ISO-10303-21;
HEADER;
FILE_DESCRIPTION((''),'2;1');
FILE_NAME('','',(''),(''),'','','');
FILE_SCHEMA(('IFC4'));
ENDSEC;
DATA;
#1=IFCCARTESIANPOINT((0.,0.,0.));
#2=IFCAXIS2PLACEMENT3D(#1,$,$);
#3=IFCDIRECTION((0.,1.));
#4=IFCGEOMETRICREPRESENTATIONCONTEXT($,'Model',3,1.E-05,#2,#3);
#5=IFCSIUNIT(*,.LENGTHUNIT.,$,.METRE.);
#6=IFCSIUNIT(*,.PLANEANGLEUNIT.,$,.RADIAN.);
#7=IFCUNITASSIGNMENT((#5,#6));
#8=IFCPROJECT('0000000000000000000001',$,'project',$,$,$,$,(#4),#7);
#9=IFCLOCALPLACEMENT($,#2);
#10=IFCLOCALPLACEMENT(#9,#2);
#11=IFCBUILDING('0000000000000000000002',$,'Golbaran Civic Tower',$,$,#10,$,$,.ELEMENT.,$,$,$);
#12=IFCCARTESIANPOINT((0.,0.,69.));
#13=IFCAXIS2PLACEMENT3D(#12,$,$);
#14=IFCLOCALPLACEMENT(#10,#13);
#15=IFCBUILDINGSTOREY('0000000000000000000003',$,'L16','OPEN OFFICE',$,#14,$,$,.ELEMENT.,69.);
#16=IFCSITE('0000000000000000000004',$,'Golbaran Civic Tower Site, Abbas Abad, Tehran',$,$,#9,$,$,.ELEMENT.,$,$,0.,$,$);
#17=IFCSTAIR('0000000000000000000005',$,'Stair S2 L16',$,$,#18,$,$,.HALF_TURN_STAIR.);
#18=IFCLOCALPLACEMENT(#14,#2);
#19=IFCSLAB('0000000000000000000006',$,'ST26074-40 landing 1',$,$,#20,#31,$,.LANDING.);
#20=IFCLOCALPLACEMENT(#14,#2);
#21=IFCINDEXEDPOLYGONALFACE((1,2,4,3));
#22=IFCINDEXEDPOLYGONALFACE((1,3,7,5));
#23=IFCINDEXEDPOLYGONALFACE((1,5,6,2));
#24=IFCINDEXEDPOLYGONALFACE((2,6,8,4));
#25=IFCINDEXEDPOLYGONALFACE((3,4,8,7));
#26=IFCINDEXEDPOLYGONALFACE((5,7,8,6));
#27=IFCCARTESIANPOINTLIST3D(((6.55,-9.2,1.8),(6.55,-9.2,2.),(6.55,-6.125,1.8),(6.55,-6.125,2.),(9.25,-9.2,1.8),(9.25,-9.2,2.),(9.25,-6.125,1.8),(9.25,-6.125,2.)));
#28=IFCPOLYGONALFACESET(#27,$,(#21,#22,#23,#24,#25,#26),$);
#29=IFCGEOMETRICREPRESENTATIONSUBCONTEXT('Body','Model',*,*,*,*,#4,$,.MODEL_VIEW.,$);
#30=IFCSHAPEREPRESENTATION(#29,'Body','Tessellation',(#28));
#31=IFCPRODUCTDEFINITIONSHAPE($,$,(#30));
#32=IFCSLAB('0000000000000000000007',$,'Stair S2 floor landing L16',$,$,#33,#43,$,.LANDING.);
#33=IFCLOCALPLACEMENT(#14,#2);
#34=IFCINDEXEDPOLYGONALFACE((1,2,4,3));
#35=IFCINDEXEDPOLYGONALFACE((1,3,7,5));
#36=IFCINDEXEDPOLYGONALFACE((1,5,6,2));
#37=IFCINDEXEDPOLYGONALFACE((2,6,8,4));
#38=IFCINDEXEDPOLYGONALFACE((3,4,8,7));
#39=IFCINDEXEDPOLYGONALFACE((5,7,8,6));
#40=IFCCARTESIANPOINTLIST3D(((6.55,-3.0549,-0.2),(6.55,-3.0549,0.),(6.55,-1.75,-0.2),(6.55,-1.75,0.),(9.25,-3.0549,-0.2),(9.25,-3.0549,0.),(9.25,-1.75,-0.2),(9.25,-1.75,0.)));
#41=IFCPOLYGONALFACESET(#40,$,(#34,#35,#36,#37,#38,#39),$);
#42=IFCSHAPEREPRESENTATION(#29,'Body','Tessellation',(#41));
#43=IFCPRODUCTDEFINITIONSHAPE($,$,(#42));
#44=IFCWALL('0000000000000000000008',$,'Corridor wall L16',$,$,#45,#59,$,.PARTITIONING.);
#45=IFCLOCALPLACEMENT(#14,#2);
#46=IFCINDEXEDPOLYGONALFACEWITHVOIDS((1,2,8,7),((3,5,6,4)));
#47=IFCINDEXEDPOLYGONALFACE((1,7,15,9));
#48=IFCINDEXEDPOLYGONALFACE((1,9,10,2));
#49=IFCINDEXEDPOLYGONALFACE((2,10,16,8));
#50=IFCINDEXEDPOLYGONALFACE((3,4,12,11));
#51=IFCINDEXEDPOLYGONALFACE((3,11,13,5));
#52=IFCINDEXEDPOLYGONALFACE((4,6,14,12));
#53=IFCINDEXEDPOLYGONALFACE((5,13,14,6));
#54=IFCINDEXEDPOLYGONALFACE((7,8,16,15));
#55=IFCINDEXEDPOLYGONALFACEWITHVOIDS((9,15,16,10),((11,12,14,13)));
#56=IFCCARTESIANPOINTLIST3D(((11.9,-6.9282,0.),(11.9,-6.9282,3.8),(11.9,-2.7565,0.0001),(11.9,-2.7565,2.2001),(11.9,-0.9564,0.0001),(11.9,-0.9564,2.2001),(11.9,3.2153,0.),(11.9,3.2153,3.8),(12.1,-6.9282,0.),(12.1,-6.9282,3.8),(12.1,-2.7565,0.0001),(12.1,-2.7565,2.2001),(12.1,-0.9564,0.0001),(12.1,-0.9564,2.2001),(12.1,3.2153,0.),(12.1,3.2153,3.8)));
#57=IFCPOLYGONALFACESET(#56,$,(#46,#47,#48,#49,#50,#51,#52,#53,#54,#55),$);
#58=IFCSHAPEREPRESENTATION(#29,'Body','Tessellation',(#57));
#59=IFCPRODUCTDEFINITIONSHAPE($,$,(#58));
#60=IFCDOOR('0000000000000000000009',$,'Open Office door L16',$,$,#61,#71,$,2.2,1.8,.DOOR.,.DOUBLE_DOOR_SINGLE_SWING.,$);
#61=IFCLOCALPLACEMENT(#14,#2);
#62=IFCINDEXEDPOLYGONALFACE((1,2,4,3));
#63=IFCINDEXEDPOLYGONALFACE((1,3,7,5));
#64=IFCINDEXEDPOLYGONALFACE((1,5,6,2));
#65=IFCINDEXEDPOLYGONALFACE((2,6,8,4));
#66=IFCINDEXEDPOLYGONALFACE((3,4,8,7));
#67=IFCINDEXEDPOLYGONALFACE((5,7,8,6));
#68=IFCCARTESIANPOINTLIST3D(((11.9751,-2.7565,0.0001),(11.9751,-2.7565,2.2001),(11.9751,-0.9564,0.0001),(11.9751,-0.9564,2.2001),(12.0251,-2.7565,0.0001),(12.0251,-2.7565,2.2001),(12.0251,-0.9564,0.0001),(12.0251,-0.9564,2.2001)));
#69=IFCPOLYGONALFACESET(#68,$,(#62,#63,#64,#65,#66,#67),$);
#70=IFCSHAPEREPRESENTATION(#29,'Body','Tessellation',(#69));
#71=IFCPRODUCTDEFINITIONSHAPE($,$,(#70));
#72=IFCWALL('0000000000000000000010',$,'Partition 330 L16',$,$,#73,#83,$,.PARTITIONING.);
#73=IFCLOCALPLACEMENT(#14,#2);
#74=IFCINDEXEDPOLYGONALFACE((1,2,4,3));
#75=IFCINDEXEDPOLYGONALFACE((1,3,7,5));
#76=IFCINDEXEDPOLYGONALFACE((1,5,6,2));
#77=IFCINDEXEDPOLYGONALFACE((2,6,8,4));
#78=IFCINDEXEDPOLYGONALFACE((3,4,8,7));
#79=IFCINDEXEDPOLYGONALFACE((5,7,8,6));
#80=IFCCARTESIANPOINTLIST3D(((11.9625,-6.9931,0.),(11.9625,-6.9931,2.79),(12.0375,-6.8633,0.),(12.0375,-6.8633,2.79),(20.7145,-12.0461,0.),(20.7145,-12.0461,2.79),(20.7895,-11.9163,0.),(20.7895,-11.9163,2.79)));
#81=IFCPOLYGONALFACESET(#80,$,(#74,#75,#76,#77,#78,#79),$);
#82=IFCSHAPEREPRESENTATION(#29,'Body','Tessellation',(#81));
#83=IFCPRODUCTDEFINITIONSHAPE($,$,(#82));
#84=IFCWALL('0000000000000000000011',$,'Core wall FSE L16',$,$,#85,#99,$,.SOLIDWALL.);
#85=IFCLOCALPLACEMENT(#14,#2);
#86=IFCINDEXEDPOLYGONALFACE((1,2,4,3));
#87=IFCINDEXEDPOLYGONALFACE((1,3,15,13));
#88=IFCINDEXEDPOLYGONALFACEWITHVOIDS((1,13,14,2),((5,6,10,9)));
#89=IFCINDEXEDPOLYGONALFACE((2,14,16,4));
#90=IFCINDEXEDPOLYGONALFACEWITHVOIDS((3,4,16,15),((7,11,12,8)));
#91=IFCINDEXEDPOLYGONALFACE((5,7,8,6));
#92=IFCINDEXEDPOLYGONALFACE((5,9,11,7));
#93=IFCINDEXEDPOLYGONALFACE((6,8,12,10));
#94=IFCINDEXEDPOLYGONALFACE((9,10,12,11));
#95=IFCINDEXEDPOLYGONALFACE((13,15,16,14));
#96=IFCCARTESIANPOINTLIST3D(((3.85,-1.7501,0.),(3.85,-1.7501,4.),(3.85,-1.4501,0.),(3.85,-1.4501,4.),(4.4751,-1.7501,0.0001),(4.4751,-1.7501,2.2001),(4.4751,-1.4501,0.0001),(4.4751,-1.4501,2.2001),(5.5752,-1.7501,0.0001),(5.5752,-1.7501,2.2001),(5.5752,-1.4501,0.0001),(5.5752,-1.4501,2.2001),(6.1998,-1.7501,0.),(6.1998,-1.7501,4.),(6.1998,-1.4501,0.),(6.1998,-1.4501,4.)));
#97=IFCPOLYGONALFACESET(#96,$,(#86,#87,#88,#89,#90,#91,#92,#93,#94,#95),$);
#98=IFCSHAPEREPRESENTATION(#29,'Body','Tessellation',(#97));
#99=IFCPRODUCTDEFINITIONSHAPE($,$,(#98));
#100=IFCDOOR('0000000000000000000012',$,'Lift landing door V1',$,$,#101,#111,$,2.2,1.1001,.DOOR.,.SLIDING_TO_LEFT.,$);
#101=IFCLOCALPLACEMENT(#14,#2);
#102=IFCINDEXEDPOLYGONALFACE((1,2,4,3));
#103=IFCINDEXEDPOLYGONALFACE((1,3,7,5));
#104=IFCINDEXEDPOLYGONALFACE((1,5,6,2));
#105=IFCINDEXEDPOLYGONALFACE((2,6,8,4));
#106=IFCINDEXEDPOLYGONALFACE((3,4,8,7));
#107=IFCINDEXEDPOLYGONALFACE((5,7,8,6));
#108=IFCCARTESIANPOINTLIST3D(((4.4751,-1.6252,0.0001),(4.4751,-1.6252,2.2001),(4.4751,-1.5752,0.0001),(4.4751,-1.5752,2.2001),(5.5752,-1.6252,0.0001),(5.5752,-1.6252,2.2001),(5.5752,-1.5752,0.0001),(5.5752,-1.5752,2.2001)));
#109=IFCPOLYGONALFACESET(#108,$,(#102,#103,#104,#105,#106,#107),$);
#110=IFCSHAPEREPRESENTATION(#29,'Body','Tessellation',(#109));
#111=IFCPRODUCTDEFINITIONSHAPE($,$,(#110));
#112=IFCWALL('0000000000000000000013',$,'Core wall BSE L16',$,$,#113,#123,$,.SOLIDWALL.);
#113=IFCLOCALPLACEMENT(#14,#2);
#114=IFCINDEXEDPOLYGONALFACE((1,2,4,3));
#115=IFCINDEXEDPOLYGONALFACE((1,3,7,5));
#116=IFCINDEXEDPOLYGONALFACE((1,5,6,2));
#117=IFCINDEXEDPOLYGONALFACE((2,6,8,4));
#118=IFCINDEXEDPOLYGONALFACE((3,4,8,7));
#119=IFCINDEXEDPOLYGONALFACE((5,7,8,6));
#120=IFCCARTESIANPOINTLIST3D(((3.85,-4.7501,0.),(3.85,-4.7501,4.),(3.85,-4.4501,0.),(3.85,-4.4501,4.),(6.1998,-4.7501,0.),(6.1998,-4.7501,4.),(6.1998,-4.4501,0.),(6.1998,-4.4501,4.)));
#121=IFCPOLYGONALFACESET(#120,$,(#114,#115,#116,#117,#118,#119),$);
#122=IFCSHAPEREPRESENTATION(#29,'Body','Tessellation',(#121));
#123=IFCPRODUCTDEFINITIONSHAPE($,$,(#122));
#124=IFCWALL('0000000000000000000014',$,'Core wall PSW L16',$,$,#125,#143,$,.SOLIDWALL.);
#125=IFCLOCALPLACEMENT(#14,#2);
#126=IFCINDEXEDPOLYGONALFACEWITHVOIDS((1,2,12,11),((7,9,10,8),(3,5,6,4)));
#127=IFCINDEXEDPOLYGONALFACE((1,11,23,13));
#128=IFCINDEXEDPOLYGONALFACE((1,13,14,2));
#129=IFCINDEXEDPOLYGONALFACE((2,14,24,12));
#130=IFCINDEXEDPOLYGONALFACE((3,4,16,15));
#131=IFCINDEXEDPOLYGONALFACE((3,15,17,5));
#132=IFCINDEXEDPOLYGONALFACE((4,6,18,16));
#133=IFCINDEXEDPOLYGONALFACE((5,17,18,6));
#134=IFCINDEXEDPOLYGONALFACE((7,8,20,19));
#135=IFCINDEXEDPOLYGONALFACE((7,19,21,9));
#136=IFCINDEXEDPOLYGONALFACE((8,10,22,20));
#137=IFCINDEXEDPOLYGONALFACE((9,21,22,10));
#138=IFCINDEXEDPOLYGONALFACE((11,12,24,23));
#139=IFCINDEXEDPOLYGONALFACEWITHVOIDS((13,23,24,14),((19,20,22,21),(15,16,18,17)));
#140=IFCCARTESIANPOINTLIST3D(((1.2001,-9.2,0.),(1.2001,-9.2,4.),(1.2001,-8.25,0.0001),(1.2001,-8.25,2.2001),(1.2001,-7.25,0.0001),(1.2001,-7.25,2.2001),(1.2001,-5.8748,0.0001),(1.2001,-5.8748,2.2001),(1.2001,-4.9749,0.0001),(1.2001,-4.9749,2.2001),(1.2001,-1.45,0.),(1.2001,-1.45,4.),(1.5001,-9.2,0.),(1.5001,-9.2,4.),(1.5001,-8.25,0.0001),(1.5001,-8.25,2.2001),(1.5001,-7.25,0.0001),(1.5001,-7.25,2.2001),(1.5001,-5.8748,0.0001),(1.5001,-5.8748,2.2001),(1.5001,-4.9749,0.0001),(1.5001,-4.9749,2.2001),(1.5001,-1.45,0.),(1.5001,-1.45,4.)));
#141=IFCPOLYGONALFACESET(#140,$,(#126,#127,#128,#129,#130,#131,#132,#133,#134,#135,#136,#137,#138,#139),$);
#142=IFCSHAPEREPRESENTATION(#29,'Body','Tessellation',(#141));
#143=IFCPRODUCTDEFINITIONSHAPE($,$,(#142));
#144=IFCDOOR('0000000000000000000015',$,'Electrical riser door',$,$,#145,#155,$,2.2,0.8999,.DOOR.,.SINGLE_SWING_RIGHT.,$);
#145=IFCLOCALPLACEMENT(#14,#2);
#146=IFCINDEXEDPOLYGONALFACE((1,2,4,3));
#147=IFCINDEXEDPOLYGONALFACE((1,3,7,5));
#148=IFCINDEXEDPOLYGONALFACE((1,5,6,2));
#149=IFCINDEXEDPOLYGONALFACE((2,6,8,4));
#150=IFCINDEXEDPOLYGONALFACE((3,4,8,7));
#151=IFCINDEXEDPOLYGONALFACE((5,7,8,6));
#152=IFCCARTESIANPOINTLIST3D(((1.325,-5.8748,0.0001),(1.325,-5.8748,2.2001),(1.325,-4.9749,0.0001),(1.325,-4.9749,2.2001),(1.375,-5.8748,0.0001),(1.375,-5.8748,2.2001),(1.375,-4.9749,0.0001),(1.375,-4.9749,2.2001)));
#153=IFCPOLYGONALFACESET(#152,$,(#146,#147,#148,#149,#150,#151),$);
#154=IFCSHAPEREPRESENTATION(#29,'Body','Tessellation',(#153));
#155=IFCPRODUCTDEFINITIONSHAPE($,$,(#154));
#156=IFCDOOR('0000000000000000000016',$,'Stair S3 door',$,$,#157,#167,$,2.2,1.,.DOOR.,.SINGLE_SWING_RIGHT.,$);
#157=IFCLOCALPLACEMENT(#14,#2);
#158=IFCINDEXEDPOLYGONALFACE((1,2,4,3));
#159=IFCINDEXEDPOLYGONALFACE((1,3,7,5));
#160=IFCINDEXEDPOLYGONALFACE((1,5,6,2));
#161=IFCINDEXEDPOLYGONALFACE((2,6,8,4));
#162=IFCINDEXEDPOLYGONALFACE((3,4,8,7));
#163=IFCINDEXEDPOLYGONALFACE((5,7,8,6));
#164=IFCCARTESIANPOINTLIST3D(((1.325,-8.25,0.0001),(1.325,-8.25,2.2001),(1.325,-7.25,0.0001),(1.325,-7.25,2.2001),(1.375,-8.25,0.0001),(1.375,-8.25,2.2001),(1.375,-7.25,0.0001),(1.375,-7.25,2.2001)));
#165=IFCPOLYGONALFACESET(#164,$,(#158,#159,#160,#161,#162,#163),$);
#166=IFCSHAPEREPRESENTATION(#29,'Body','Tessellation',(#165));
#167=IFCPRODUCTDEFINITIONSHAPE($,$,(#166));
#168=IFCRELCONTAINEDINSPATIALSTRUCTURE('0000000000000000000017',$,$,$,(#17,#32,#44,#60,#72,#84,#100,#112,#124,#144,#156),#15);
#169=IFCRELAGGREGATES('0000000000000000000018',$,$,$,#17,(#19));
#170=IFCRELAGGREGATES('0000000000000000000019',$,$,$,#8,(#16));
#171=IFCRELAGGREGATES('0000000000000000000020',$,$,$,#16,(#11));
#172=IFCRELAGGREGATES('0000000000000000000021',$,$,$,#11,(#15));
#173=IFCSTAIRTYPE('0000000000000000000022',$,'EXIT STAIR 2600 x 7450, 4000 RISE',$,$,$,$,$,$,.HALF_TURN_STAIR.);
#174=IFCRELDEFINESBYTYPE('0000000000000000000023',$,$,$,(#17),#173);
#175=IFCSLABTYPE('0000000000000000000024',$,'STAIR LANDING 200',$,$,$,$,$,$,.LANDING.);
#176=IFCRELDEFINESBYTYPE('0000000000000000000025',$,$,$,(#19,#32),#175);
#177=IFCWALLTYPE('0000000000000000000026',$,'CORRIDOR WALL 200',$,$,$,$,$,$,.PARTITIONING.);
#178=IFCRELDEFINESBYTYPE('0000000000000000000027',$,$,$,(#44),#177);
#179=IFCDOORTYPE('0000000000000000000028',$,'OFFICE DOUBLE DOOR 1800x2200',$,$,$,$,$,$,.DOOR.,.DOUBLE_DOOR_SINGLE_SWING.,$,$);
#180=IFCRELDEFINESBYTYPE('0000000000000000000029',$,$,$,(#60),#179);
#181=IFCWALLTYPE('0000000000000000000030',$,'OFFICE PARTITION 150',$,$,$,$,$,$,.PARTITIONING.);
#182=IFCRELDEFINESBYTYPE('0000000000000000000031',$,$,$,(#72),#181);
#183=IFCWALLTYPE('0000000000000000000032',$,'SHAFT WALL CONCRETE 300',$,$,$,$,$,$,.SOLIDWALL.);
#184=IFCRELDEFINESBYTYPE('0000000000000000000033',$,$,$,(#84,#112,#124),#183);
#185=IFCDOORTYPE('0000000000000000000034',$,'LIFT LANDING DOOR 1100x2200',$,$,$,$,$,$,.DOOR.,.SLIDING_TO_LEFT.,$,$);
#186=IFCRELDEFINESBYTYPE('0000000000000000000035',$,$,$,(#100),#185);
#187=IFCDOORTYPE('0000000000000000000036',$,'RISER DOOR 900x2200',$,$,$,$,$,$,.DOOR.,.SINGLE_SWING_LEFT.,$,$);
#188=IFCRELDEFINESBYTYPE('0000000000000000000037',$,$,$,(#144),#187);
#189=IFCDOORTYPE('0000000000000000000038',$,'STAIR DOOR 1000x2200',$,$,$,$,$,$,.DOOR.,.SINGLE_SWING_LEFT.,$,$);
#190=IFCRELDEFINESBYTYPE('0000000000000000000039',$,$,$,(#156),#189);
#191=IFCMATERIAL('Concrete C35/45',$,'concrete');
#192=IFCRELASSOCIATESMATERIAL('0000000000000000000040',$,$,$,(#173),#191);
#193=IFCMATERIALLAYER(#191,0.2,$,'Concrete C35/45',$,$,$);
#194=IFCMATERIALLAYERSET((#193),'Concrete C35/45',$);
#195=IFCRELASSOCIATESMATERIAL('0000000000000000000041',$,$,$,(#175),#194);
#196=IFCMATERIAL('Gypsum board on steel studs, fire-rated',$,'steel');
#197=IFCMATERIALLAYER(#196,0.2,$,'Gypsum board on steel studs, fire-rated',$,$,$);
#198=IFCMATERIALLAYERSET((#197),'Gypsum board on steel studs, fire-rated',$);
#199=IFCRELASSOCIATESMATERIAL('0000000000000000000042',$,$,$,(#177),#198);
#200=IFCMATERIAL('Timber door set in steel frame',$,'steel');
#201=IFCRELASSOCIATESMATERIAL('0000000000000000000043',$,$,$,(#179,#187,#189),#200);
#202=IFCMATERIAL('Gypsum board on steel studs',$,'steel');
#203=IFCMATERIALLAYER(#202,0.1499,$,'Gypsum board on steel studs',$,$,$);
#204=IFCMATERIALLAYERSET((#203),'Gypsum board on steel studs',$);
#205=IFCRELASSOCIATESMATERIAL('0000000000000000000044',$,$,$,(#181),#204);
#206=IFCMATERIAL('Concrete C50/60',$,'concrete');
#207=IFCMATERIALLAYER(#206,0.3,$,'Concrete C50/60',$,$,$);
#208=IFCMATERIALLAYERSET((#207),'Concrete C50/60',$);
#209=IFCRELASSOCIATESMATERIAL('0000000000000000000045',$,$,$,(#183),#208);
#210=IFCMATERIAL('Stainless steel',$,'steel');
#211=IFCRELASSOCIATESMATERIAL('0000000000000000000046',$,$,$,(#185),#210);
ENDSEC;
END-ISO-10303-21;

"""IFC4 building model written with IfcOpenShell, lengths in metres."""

from ifc_helpers import new_model, si_unit, direction, frame, frame_2d, origin, place, context, subcontext, project, spatial, polyline, rectangle, outline, extrude, material, layer, layer_set, type_object, element, fill, aggregate, save


model = new_model("IFC4")

# Units and contexts
model_context = context("Model", 3, precision=1e-05, world=origin(), true_north=direction((0.0, 1.0)))
body_context = subcontext(model_context, "Body", "Model", "MODEL_VIEW")
ifc_project = project(units=[si_unit("LENGTHUNIT", "METRE"), si_unit("PLANEANGLEUNIT", "RADIAN")], contexts=[model_context])

# Site, building, storey
site_placement = place(None, origin())
site = spatial("IfcSite", under=ifc_project, at=site_placement, Name="Golbaran Civic Tower Site, Abbas Abad, Tehran", CompositionType="ELEMENT", RefElevation=0.0)
building_placement = place(site_placement, origin())
building = spatial("IfcBuilding", under=site, at=building_placement, Name="Golbaran Civic Tower", CompositionType="ELEMENT")
storey_placement = place(building_placement, frame((0.0, 0.0, 69.0)))
storey = spatial("IfcBuildingStorey", under=building, at=storey_placement, Name="L16", Description="OPEN OFFICE", CompositionType="ELEMENT", Elevation=69.0)

# Shared definitions
ifc_material_1 = material(Name="Concrete C35/45", Category="concrete")
stair_type = type_object("IfcStairType", Name="EXIT STAIR 2600 x 7450, 4000 RISE", PredefinedType="HALF_TURN_STAIR", material=ifc_material_1)
ifc_layer_1 = layer(ifc_material_1, 0.2, Name="Concrete C35/45")
ifc_layer_set_1 = layer_set([ifc_layer_1], Name="Concrete C35/45")
slab_type = type_object("IfcSlabType", Name="STAIR LANDING 200", PredefinedType="LANDING", material=ifc_layer_set_1)

# Stair, slab
stair_1_placement = place(storey_placement, origin())
stair_1 = element("IfcStair", 1, at=stair_1_placement, inside=storey, type_object=stair_type, Name="Stair S2 L16", PredefinedType="HALF_TURN_STAIR")
slab_1_placement = place(storey_placement, frame((0.0, 0.0, 1.8)))
slab_1 = element("IfcSlab", 2, at=slab_1_placement, type_object=slab_type, Name="ST26074-40 landing 1", PredefinedType="LANDING", context=body_context, shape_type="SweptSolid", body=[
    extrude(outline(polyline([(9.25, -6.125), (9.25, -9.2), (6.55, -9.2), (6.55, -6.125), (9.25, -6.125)])), origin(), (0.0, 0.0, 1.0), 0.2),
])

# Slab
slab_2_placement = place(storey_placement, frame((0.0, 0.0, -0.2)))
element("IfcSlab", 3, at=slab_2_placement, inside=storey, type_object=slab_type, Name="Stair S2 floor landing L16", PredefinedType="LANDING", context=body_context, shape_type="SweptSolid", body=[
    extrude(outline(polyline([(9.25, -1.75), (9.25, -3.0549), (6.55, -3.0549), (6.55, -1.75), (9.25, -1.75)])), origin(), (0.0, 0.0, 1.0), 0.2),
])

# Wall, opening, door
ifc_material_2 = material(Name="Gypsum board on steel studs, fire-rated", Category="steel")
ifc_layer_2 = layer(ifc_material_2, 0.2, Name="Gypsum board on steel studs, fire-rated")
ifc_layer_set_2 = layer_set([ifc_layer_2], Name="Gypsum board on steel studs, fire-rated")
wall_type_1 = type_object("IfcWallType", Name="CORRIDOR WALL 200", PredefinedType="PARTITIONING", material=ifc_layer_set_2)
wall_1_placement = place(storey_placement, frame((12.0, -6.9282, 0.0), z_axis=(0.0, 0.0, 1.0), x_axis=(0.0, 1.0, 0.0)))
wall_1 = element("IfcWall", 4, at=wall_1_placement, inside=storey, type_object=wall_type_1, Name="Corridor wall L16", PredefinedType="PARTITIONING", context=body_context, shape_type="SweptSolid", body=[
    extrude(rectangle(XDim=10.1436, YDim=0.2, at=frame_2d((5.0718, 0.0))), origin(), (0.0, 0.0, 1.0), 3.8),
])
opening_1_placement = place(wall_1_placement, frame((4.1719, 0.0, 0.0)))
opening_1 = element("IfcOpeningElement", 5, at=opening_1_placement, cuts=wall_1, PredefinedType="OPENING", context=body_context, shape_type="SweptSolid", body=[
    extrude(rectangle(XDim=1.8, YDim=2.2, at=frame_2d((0.8999, 1.1001))), frame((0.0, 0.1099, 0.0), z_axis=(0.0, -1.0, 0.0), x_axis=(1.0, 0.0, 0.0)), (0.0, 0.0, 1.0), 0.22),
])
ifc_material_3 = material(Name="Timber door set in steel frame", Category="steel")
door_type_1 = type_object("IfcDoorType", Name="OFFICE DOUBLE DOOR 1800x2200", OperationType="DOUBLE_DOOR_SINGLE_SWING", PredefinedType="DOOR", material=ifc_material_3)
door_1_placement = place(opening_1_placement, origin())
door_1 = element("IfcDoor", 6, at=door_1_placement, inside=storey, type_object=door_type_1, Name="Open Office door L16", OperationType="DOUBLE_DOOR_SINGLE_SWING", OverallHeight=2.2, OverallWidth=1.8, PredefinedType="DOOR", context=body_context, shape_type="SweptSolid", body=[
    extrude(rectangle(XDim=1.8, YDim=2.2, at=frame_2d((0.8999, 1.1001))), frame((0.0, 0.0249, 0.0), z_axis=(0.0, -1.0, 0.0), x_axis=(1.0, 0.0, 0.0)), (0.0, 0.0, 1.0), 0.05),
])
fill(opening_1, door_1)

# Wall
ifc_material_4 = material(Name="Gypsum board on steel studs", Category="steel")
ifc_layer_3 = layer(ifc_material_4, 0.1499, Name="Gypsum board on steel studs")
ifc_layer_set_3 = layer_set([ifc_layer_3], Name="Gypsum board on steel studs")
wall_type_2 = type_object("IfcWallType", Name="OFFICE PARTITION 150", PredefinedType="PARTITIONING", material=ifc_layer_set_3)
wall_2_placement = place(storey_placement, frame((12.0, -6.9282, 0.0), z_axis=(0.0, 0.0, 1.0), x_axis=(0.866024, -0.500003, 0.0)))
element("IfcWall", 7, at=wall_2_placement, inside=storey, type_object=wall_type_2, Name="Partition 330 L16", PredefinedType="PARTITIONING", context=body_context, shape_type="SweptSolid", body=[
    extrude(rectangle(XDim=10.106, YDim=0.1499, at=frame_2d((5.053, 0.0))), origin(), (0.0, 0.0, 1.0), 2.79),
])

# Wall, opening, door
ifc_material_5 = material(Name="Concrete C50/60", Category="concrete")
ifc_layer_4 = layer(ifc_material_5, 0.3, Name="Concrete C50/60")
ifc_layer_set_4 = layer_set([ifc_layer_4], Name="Concrete C50/60")
wall_type_3 = type_object("IfcWallType", Name="SHAFT WALL CONCRETE 300", PredefinedType="SOLIDWALL", material=ifc_layer_set_4)
wall_3_placement = place(storey_placement, frame((3.8501, -1.6001, 0.0), z_axis=(0.0, 0.0, 1.0), x_axis=(1.0, 0.0, 0.0)))
wall_3 = element("IfcWall", 8, at=wall_3_placement, inside=storey, type_object=wall_type_3, Name="Core wall FSE L16", PredefinedType="SOLIDWALL", context=body_context, shape_type="SweptSolid", body=[
    extrude(rectangle(XDim=2.3499, YDim=0.3, at=frame_2d((1.1748, 0.0))), origin(), (0.0, 0.0, 1.0), 4.0),
])
opening_2_placement = place(wall_3_placement, frame((0.625, 0.0, 0.0)))
opening_2 = element("IfcOpeningElement", 9, at=opening_2_placement, cuts=wall_3, PredefinedType="OPENING", context=body_context, shape_type="SweptSolid", body=[
    extrude(rectangle(XDim=1.1001, YDim=2.2, at=frame_2d((0.55, 1.1001))), frame((0.0, 0.1599, 0.0), z_axis=(0.0, -1.0, 0.0), x_axis=(1.0, 0.0, 0.0)), (0.0, 0.0, 1.0), 0.3201),
])
ifc_material_6 = material(Name="Stainless steel", Category="steel")
door_type_2 = type_object("IfcDoorType", Name="LIFT LANDING DOOR 1100x2200", OperationType="SLIDING_TO_LEFT", PredefinedType="DOOR", material=ifc_material_6)
door_2_placement = place(opening_2_placement, origin())
door_2 = element("IfcDoor", 10, at=door_2_placement, inside=storey, type_object=door_type_2, Name="Lift landing door V1", OperationType="SLIDING_TO_LEFT", OverallHeight=2.2, OverallWidth=1.1001, PredefinedType="DOOR", context=body_context, shape_type="SweptSolid", body=[
    extrude(rectangle(XDim=1.1001, YDim=2.2, at=frame_2d((0.55, 1.1001))), frame((0.0, 0.0249, 0.0), z_axis=(0.0, -1.0, 0.0), x_axis=(1.0, 0.0, 0.0)), (0.0, 0.0, 1.0), 0.05),
])
fill(opening_2, door_2)

# Wall
wall_4_placement = place(storey_placement, frame((3.8501, -4.6001, 0.0), z_axis=(0.0, 0.0, 1.0), x_axis=(1.0, 0.0, 0.0)))
element("IfcWall", 11, at=wall_4_placement, inside=storey, type_object=wall_type_3, Name="Core wall BSE L16", PredefinedType="SOLIDWALL", context=body_context, shape_type="SweptSolid", body=[
    extrude(rectangle(XDim=2.3499, YDim=0.3, at=frame_2d((1.1748, 0.0))), origin(), (0.0, 0.0, 1.0), 4.0),
])

# Wall, openings, doors
wall_5_placement = place(storey_placement, frame((1.3501, -1.45, 0.0), z_axis=(0.0, 0.0, 1.0), x_axis=(0.0, -1.0, 0.0)))
wall_5 = element("IfcWall", 12, at=wall_5_placement, inside=storey, type_object=wall_type_3, Name="Core wall PSW L16", PredefinedType="SOLIDWALL", context=body_context, shape_type="SweptSolid", body=[
    extrude(rectangle(XDim=7.75, YDim=0.3, at=frame_2d((3.875, 0.0))), origin(), (0.0, 0.0, 1.0), 4.0),
])
opening_3_placement = place(wall_5_placement, frame((5.8, 0.0, 0.0)))
opening_3 = element("IfcOpeningElement", 13, at=opening_3_placement, cuts=wall_5, PredefinedType="OPENING", context=body_context, shape_type="SweptSolid", body=[
    extrude(rectangle(XDim=1.0, YDim=2.2, at=frame_2d((0.5, 1.1001))), frame((0.0, 0.1599, 0.0), z_axis=(0.0, -1.0, 0.0), x_axis=(1.0, 0.0, 0.0)), (0.0, 0.0, 1.0), 0.3201),
])
opening_4_placement = place(wall_5_placement, frame((3.5249, 0.0, 0.0)))
opening_4 = element("IfcOpeningElement", 14, at=opening_4_placement, cuts=wall_5, PredefinedType="OPENING", context=body_context, shape_type="SweptSolid", body=[
    extrude(rectangle(XDim=0.8999, YDim=2.2, at=frame_2d((0.45, 1.1001))), frame((0.0, 0.1599, 0.0), z_axis=(0.0, -1.0, 0.0), x_axis=(1.0, 0.0, 0.0)), (0.0, 0.0, 1.0), 0.3201),
])
door_type_3 = type_object("IfcDoorType", Name="RISER DOOR 900x2200", OperationType="SINGLE_SWING_LEFT", PredefinedType="DOOR", material=ifc_material_3)
door_3_placement = place(opening_4_placement, origin())
door_3 = element("IfcDoor", 15, at=door_3_placement, inside=storey, type_object=door_type_3, Name="Electrical riser door", OperationType="SINGLE_SWING_RIGHT", OverallHeight=2.2, OverallWidth=0.8999, PredefinedType="DOOR", context=body_context, shape_type="SweptSolid", body=[
    extrude(rectangle(XDim=0.8999, YDim=2.2, at=frame_2d((0.45, 1.1001))), frame((0.0, 0.0249, 0.0), z_axis=(0.0, -1.0, 0.0), x_axis=(1.0, 0.0, 0.0)), (0.0, 0.0, 1.0), 0.05),
])
fill(opening_4, door_3)
door_type_4 = type_object("IfcDoorType", Name="STAIR DOOR 1000x2200", OperationType="SINGLE_SWING_LEFT", PredefinedType="DOOR", material=ifc_material_3)
door_4_placement = place(opening_3_placement, origin())
door_4 = element("IfcDoor", 16, at=door_4_placement, inside=storey, type_object=door_type_4, Name="Stair S3 door", OperationType="SINGLE_SWING_RIGHT", OverallHeight=2.2, OverallWidth=1.0, PredefinedType="DOOR", context=body_context, shape_type="SweptSolid", body=[
    extrude(rectangle(XDim=1.0, YDim=2.2, at=frame_2d((0.5, 1.1001))), frame((0.0, 0.0249, 0.0), z_axis=(0.0, -1.0, 0.0), x_axis=(1.0, 0.0, 0.0)), (0.0, 0.0, 1.0), 0.05),
])
fill(opening_3, door_4)

aggregate(stair_1, [slab_1])

save(model, "model.ifc")
